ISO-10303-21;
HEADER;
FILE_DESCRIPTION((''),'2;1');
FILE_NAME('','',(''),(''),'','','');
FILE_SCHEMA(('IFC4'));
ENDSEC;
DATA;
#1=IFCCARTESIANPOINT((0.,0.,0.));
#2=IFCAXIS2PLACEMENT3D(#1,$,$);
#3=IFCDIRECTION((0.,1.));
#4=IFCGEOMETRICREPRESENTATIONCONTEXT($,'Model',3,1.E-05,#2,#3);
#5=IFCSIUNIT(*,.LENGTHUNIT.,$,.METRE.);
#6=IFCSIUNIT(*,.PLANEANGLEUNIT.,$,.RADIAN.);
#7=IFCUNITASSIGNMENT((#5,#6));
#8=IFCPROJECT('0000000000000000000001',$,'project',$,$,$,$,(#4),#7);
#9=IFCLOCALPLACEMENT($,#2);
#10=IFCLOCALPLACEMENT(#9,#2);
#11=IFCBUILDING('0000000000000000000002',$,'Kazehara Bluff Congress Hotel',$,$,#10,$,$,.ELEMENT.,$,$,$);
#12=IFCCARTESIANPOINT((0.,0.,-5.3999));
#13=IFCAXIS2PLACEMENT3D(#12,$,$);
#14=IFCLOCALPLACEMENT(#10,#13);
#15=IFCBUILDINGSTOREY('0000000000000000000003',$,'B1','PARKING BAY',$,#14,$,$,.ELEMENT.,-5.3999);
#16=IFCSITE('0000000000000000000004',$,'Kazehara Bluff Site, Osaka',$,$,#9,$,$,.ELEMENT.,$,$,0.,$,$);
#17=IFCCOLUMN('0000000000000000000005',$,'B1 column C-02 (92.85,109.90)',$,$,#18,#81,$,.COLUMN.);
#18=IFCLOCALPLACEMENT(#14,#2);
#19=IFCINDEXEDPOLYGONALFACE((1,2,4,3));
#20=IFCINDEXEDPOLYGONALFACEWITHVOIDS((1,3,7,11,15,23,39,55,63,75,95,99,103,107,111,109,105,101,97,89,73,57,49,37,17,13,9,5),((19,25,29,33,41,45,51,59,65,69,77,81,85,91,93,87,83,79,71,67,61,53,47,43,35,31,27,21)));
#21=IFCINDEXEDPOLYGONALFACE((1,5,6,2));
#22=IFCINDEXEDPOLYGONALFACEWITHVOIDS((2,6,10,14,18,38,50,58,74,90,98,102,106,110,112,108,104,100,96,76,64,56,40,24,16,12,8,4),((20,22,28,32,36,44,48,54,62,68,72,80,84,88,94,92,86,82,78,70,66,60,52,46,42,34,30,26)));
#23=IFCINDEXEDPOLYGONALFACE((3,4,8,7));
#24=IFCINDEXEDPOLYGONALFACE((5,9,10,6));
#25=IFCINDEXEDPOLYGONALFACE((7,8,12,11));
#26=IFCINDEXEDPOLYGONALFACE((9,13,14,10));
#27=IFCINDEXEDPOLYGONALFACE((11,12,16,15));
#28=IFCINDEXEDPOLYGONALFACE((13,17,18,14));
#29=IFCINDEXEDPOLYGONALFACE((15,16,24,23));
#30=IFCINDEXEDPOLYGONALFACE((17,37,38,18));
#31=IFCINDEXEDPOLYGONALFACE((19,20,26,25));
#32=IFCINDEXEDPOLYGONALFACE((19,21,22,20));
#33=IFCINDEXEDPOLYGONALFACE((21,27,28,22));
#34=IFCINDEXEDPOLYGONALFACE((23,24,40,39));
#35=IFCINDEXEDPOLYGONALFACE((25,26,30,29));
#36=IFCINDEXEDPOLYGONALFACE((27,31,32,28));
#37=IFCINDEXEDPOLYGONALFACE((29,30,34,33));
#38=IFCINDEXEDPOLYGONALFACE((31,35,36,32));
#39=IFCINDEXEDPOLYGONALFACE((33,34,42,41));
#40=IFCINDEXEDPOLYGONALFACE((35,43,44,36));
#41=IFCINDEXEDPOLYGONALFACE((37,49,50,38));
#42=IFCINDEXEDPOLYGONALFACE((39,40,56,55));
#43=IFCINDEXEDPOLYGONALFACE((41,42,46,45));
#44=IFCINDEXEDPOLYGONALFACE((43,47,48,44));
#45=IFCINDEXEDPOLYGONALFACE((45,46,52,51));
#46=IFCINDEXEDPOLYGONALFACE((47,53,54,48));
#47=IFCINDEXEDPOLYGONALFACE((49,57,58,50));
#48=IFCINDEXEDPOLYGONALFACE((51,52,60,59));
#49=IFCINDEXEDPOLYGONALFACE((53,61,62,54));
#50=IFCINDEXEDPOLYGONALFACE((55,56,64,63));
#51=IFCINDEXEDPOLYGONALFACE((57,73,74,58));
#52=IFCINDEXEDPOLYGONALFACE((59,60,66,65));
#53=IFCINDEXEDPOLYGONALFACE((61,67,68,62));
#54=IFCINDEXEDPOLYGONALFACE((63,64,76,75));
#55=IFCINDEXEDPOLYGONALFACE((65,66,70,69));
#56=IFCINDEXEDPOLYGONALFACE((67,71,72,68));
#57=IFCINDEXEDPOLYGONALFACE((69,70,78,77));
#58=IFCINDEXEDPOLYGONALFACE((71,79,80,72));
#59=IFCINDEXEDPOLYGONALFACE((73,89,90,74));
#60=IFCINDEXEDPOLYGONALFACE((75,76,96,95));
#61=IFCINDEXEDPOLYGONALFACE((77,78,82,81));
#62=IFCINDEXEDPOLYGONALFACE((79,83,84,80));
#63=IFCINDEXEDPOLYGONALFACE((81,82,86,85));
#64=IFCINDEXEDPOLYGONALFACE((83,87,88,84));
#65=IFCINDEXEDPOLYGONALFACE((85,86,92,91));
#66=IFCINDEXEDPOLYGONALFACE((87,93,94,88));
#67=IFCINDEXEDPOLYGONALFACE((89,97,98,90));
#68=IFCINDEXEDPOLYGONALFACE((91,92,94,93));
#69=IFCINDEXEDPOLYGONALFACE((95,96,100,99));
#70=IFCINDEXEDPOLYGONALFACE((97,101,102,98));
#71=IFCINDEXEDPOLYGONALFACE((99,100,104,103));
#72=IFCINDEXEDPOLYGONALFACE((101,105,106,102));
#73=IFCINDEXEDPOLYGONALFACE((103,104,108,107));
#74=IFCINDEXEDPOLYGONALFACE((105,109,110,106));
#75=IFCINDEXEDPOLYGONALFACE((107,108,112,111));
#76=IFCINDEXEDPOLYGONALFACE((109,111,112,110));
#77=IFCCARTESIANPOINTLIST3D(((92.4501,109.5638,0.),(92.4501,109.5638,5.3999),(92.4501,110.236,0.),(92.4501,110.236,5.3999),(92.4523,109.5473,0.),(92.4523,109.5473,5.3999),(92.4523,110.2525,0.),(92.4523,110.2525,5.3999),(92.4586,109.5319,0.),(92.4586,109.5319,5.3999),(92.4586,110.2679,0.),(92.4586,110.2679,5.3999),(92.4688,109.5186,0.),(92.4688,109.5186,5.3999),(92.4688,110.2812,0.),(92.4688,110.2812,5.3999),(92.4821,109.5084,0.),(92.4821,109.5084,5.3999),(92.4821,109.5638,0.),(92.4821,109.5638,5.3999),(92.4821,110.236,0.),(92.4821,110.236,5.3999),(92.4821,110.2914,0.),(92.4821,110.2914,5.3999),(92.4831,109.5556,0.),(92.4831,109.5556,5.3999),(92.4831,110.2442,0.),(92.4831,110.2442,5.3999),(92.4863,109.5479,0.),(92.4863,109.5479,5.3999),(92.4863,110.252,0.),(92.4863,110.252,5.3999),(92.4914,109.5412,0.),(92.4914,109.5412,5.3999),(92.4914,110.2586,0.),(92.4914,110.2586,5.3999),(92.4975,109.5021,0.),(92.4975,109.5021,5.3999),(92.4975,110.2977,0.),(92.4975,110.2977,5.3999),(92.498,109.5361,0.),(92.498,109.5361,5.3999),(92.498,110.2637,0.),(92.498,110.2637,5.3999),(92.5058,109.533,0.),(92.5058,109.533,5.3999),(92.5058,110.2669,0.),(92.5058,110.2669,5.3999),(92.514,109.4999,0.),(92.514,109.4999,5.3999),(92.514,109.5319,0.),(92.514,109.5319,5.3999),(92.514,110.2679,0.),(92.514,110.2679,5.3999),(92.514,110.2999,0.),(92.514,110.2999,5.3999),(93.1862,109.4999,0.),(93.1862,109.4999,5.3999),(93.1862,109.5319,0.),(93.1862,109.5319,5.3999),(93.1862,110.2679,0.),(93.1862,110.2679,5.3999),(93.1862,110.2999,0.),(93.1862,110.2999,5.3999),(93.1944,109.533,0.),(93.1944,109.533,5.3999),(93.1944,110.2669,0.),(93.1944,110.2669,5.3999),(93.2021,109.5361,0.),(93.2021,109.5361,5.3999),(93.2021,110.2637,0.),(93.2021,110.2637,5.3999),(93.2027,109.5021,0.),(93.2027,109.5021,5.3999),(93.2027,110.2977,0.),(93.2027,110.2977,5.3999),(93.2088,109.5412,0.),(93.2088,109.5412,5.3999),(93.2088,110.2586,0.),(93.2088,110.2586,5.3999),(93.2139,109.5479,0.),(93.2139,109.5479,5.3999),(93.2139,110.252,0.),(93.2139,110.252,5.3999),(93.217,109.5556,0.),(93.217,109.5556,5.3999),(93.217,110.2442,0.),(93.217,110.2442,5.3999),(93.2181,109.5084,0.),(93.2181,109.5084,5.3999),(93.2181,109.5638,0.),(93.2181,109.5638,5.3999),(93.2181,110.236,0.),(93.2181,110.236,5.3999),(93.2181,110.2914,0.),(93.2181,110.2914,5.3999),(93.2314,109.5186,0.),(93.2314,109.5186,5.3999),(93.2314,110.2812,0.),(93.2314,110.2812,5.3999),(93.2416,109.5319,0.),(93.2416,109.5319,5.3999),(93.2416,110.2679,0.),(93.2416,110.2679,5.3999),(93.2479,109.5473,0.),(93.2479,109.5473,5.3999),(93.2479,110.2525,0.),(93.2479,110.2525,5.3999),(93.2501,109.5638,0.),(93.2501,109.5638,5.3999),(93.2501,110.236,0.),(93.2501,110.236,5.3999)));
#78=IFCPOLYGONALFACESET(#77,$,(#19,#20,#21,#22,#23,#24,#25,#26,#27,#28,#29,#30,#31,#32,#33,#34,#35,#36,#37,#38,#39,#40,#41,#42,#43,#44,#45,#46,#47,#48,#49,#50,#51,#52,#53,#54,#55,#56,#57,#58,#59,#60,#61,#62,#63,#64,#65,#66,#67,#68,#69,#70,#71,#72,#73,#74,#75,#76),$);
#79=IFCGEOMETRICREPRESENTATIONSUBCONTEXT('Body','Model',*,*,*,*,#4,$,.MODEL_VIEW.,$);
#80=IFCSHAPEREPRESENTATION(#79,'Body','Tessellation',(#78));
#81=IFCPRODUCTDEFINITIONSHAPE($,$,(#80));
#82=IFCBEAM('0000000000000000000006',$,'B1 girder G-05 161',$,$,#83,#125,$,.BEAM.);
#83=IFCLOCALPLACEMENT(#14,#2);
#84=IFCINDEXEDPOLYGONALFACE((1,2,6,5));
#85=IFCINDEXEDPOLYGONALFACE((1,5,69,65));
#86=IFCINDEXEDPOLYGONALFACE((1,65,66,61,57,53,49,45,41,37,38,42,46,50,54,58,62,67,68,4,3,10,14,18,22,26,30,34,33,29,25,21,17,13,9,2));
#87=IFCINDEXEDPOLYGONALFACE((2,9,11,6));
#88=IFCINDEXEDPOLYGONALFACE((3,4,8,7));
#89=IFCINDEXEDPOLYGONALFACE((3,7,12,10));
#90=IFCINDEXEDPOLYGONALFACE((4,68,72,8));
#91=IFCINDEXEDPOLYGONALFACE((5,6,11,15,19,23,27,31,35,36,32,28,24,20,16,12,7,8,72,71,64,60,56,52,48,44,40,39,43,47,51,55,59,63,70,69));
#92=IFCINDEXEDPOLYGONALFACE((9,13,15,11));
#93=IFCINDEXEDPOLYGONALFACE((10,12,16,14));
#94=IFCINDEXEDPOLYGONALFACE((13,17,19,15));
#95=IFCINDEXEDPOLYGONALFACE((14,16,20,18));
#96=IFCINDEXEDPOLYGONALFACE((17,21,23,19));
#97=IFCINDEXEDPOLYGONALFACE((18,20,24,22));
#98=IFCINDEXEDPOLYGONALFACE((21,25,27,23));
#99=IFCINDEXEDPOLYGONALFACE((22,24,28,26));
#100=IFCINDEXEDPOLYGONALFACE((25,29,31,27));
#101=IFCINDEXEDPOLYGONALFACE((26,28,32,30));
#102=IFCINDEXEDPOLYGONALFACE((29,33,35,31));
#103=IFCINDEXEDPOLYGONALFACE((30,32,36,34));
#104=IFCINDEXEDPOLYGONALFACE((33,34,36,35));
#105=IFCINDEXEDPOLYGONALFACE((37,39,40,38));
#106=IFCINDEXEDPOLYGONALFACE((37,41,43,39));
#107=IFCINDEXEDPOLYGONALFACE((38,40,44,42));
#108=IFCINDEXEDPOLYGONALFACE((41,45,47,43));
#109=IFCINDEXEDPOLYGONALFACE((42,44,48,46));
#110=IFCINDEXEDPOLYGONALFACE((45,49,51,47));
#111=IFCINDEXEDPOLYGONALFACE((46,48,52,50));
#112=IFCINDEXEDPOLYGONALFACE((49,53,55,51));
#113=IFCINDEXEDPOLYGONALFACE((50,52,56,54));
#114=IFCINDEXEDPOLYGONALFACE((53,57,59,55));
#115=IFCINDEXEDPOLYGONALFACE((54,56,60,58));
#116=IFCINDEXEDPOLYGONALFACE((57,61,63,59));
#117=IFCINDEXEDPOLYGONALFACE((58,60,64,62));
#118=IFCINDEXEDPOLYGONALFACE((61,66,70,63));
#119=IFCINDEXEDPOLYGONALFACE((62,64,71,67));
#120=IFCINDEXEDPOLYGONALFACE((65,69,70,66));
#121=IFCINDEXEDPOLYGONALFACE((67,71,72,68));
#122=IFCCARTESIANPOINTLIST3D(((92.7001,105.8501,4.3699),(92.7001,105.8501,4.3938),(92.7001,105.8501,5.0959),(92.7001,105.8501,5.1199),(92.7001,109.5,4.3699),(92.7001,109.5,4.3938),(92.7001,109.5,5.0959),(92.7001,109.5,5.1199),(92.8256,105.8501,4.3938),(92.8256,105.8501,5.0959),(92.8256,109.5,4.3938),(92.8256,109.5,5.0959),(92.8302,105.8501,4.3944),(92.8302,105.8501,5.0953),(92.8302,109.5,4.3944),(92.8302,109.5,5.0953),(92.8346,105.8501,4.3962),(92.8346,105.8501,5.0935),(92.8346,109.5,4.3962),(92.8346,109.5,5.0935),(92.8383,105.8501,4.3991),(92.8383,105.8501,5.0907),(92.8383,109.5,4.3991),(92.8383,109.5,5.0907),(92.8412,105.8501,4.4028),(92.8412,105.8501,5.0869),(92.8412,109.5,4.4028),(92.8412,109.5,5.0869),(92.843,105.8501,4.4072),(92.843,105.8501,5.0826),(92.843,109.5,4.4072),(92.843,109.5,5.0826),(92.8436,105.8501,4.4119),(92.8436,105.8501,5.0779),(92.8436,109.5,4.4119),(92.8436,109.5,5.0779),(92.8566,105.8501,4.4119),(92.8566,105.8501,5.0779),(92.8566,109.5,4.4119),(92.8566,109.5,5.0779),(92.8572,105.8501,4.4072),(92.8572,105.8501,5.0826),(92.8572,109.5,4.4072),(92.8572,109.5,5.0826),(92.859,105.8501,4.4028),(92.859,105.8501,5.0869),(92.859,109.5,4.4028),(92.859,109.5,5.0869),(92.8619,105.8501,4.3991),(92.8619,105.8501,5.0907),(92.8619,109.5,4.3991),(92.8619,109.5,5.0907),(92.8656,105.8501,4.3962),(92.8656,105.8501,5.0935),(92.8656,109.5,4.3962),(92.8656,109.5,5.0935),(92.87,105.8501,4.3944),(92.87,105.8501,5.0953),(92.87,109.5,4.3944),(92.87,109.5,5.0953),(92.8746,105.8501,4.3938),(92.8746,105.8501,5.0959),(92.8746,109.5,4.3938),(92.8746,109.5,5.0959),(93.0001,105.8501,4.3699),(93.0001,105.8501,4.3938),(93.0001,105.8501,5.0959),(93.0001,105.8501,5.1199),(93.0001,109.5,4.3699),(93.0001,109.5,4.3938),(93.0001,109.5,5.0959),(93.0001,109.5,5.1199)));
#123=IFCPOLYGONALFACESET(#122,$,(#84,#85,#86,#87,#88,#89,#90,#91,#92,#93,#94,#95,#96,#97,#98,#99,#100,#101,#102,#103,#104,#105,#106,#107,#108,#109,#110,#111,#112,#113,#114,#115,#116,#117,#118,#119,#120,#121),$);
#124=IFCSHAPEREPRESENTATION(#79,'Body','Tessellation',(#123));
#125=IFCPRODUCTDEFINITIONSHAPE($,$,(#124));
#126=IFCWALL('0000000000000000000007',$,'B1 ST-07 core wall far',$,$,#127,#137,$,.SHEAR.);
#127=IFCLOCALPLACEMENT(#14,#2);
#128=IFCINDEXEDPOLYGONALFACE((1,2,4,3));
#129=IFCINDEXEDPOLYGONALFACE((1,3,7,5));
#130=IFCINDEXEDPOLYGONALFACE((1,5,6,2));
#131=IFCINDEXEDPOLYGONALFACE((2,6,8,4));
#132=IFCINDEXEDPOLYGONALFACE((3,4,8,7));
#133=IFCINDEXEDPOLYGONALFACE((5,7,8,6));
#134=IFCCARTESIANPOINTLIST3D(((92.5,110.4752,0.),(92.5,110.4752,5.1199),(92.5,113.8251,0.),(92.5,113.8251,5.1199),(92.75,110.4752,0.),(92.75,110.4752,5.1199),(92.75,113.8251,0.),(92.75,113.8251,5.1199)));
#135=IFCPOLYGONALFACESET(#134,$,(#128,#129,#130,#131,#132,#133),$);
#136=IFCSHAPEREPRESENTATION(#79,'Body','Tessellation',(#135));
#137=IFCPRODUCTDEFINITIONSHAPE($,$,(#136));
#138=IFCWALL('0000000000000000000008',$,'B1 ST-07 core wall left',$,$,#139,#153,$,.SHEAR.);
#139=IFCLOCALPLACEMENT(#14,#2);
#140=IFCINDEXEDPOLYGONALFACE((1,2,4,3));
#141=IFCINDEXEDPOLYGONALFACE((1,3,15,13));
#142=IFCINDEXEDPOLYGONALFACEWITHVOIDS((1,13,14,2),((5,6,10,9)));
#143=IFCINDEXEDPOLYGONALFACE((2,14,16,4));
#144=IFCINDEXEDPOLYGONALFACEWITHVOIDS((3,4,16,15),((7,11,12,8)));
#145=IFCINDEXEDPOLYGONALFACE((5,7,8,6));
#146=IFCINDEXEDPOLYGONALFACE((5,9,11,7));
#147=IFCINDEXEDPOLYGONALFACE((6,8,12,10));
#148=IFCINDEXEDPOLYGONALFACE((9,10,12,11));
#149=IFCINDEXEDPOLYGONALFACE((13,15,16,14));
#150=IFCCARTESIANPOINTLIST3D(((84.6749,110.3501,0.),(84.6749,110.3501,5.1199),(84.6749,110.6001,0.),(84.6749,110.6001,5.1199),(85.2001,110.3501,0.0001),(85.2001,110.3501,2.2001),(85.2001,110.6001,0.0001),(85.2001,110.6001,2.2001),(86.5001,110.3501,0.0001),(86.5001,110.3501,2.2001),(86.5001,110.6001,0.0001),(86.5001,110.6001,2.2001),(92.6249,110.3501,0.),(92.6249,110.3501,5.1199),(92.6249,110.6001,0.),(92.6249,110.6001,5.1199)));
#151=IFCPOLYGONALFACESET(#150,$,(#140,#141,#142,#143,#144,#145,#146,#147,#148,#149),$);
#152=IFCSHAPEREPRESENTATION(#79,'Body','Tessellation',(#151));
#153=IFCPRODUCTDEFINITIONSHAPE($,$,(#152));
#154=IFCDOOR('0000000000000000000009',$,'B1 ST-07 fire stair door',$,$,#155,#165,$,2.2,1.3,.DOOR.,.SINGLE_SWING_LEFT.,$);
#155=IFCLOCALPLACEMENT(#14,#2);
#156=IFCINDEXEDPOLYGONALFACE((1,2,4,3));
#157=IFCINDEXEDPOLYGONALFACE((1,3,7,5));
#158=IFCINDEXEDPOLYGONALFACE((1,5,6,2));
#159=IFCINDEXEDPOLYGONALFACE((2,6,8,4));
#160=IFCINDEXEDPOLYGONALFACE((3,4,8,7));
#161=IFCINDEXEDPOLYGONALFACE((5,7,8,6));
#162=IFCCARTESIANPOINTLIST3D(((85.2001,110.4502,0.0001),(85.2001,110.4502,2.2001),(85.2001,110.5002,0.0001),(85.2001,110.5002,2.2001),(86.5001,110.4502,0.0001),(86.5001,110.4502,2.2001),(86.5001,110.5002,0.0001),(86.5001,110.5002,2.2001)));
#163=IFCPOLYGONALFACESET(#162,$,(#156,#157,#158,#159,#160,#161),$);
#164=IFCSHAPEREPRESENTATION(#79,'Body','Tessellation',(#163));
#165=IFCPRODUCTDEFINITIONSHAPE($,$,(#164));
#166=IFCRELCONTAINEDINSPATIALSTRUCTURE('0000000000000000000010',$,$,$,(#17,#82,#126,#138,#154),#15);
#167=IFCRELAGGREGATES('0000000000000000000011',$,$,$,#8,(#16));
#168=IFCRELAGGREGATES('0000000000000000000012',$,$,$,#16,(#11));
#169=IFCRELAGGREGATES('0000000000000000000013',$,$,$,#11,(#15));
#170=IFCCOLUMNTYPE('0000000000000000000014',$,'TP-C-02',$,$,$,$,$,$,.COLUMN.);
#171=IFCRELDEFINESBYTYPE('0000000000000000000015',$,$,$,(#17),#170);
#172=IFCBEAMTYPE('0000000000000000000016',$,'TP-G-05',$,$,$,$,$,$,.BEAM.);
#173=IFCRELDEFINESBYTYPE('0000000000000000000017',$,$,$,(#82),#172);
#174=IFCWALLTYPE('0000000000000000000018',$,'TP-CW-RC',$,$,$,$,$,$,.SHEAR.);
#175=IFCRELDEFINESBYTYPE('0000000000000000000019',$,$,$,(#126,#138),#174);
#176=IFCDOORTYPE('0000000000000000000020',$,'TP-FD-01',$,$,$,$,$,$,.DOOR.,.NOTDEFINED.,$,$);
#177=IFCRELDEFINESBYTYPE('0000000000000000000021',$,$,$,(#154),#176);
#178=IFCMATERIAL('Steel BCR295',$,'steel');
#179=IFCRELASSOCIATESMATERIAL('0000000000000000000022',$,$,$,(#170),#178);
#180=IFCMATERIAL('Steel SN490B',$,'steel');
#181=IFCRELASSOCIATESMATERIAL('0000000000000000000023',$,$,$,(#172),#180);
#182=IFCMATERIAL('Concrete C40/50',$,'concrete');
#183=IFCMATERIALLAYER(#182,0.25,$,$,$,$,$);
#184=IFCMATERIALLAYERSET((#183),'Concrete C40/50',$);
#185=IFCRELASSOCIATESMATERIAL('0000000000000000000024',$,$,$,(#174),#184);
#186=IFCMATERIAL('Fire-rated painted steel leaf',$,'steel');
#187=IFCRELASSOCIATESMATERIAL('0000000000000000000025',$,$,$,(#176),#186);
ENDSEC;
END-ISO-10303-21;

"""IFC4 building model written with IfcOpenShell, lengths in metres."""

from ifc_helpers import new_model, si_unit, direction, frame, frame_2d, origin, origin_2d, place, context, subcontext, project, spatial, rectangle, hollow_rectangle, i_section, extrude, material, layer, layer_set, material_profile, profile_set, type_object, element, fill, save


model = new_model("IFC4")

# Units and contexts
model_context = context("Model", 3, precision=1e-05, world=origin(), true_north=direction((0.0, 1.0)))
body_context = subcontext(model_context, "Body", "Model", "MODEL_VIEW")
ifc_project = project(units=[si_unit("LENGTHUNIT", "METRE"), si_unit("PLANEANGLEUNIT", "RADIAN")], contexts=[model_context])

# Site, building, storey
site_placement = place(None, origin())
site = spatial("IfcSite", under=ifc_project, at=site_placement, Name="Kazehara Bluff Site, Osaka", CompositionType="ELEMENT", RefElevation=0.0)
building_placement = place(site_placement, origin())
building = spatial("IfcBuilding", under=site, at=building_placement, Name="Kazehara Bluff Congress Hotel", CompositionType="ELEMENT")
storey_placement = place(building_placement, frame((0.0, 0.0, -5.3999)))
storey = spatial("IfcBuildingStorey", under=building, at=storey_placement, Name="B1", Description="PARKING BAY", CompositionType="ELEMENT", Elevation=-5.3999)

# Column
ifc_material_1 = material(Name="Steel BCR295", Category="steel")
ifc_material_profile_1 = material_profile(ifc_material_1, hollow_rectangle(XDim=0.8, YDim=0.8, WallThickness=0.032, InnerFilletRadius=0.032, OuterFilletRadius=0.064, at=origin_2d()))
ifc_profile_set_1 = profile_set([ifc_material_profile_1], Name="Steel BCR295")
column_type = type_object("IfcColumnType", Name="TP-C-02", PredefinedType="COLUMN", material=ifc_profile_set_1)
for number, where, z_axis, x_axis, name in (
    (1, (92.8501, 109.8999, 0.0), (0.0, 0.0, 1.0), (1.0, 0.0, 0.0), "B1 column C-02 (92.85,109.90)"),
):
    element("IfcColumn", number, at=place(storey_placement, frame(where, z_axis=z_axis, x_axis=x_axis)), inside=storey, type_object=column_type, Name=name, PredefinedType="COLUMN", context=body_context, shape_type="SweptSolid", body=[
        extrude(hollow_rectangle(XDim=0.8, YDim=0.8, WallThickness=0.032, InnerFilletRadius=0.032, OuterFilletRadius=0.064, at=origin_2d()), origin(), (0.0, 0.0, 1.0), 5.3999),
    ])

# Beam
ifc_material_2 = material(Name="Steel SN490B", Category="steel")
ifc_material_profile_2 = material_profile(ifc_material_2, i_section(OverallWidth=0.3, OverallDepth=0.75, WebThickness=0.0129, FlangeThickness=0.0239, FilletRadius=0.0181, at=origin_2d()))
ifc_profile_set_2 = profile_set([ifc_material_profile_2], Name="Steel SN490B")
beam_type = type_object("IfcBeamType", Name="TP-G-05", PredefinedType="BEAM", material=ifc_profile_set_2)
beam_placement = place(storey_placement, frame((92.8501, 105.8501, 4.7449), z_axis=(0.0, 1.0, 0.0), x_axis=(-1.0, 0.0, 0.0)))
element("IfcBeam", 2, at=beam_placement, inside=storey, type_object=beam_type, Name="B1 girder G-05 161", PredefinedType="BEAM", context=body_context, shape_type="SweptSolid", body=[
    extrude(i_section(OverallWidth=0.3, OverallDepth=0.75, WebThickness=0.0129, FlangeThickness=0.0239, FilletRadius=0.0181, at=origin_2d()), origin(), (0.0, 0.0, 1.0), 3.6499),
])

# Wall
ifc_material_3 = material(Name="Concrete C40/50", Category="concrete")
ifc_layer_1 = layer(ifc_material_3, 0.25)
ifc_layer_set_1 = layer_set([ifc_layer_1], Name="Concrete C40/50")
wall_type = type_object("IfcWallType", Name="TP-CW-RC", PredefinedType="SHEAR", material=ifc_layer_set_1)
wall_1_placement = place(storey_placement, frame((92.625, 113.825, 0.0), z_axis=(0.0, 0.0, 1.0), x_axis=(0.0, -1.0, 0.0)))
element("IfcWall", 3, at=wall_1_placement, inside=storey, type_object=wall_type, Name="B1 ST-07 core wall far", PredefinedType="SHEAR", context=body_context, shape_type="SweptSolid", body=[
    extrude(rectangle(XDim=3.3499, YDim=0.25, at=frame_2d((1.6748, 0.0))), origin(), (0.0, 0.0, 1.0), 5.1199),
])

# Wall, opening, door
wall_2_placement = place(storey_placement, frame((92.625, 110.4751, 0.0), z_axis=(0.0, 0.0, 1.0), x_axis=(-1.0, 0.0, 0.0)))
wall_2 = element("IfcWall", 4, at=wall_2_placement, inside=storey, type_object=wall_type, Name="B1 ST-07 core wall left", PredefinedType="SHEAR", context=body_context, shape_type="SweptSolid", body=[
    extrude(rectangle(XDim=7.95, YDim=0.25, at=frame_2d((3.9751, 0.0))), origin(), (0.0, 0.0, 1.0), 5.1199),
])
opening_placement = place(wall_2_placement, frame((6.125, 0.0, 0.0)))
opening = element("IfcOpeningElement", 5, at=opening_placement, cuts=wall_2, PredefinedType="OPENING", context=body_context, shape_type="SweptSolid", body=[
    extrude(rectangle(XDim=1.3, YDim=2.2, at=frame_2d((0.6499, 1.1001))), frame((0.0, 0.135, 0.0), z_axis=(0.0, -1.0, 0.0), x_axis=(1.0, 0.0, 0.0)), (0.0, 0.0, 1.0), 0.27),
])
ifc_material_4 = material(Name="Fire-rated painted steel leaf", Category="steel")
door_type = type_object("IfcDoorType", Name="TP-FD-01", OperationType="NOTDEFINED", PredefinedType="DOOR", material=ifc_material_4)
door_placement = place(opening_placement, origin())
door = element("IfcDoor", 6, at=door_placement, inside=storey, type_object=door_type, Name="B1 ST-07 fire stair door", OperationType="SINGLE_SWING_LEFT", OverallHeight=2.2, OverallWidth=1.3, PredefinedType="DOOR", context=body_context, shape_type="SweptSolid", body=[
    extrude(rectangle(XDim=1.3, YDim=2.2, at=frame_2d((0.6499, 1.1001))), frame((0.0, 0.0249, 0.0), z_axis=(0.0, -1.0, 0.0), x_axis=(1.0, 0.0, 0.0)), (0.0, 0.0, 1.0), 0.05),
])
fill(opening, door)

save(model, "model.ifc")
